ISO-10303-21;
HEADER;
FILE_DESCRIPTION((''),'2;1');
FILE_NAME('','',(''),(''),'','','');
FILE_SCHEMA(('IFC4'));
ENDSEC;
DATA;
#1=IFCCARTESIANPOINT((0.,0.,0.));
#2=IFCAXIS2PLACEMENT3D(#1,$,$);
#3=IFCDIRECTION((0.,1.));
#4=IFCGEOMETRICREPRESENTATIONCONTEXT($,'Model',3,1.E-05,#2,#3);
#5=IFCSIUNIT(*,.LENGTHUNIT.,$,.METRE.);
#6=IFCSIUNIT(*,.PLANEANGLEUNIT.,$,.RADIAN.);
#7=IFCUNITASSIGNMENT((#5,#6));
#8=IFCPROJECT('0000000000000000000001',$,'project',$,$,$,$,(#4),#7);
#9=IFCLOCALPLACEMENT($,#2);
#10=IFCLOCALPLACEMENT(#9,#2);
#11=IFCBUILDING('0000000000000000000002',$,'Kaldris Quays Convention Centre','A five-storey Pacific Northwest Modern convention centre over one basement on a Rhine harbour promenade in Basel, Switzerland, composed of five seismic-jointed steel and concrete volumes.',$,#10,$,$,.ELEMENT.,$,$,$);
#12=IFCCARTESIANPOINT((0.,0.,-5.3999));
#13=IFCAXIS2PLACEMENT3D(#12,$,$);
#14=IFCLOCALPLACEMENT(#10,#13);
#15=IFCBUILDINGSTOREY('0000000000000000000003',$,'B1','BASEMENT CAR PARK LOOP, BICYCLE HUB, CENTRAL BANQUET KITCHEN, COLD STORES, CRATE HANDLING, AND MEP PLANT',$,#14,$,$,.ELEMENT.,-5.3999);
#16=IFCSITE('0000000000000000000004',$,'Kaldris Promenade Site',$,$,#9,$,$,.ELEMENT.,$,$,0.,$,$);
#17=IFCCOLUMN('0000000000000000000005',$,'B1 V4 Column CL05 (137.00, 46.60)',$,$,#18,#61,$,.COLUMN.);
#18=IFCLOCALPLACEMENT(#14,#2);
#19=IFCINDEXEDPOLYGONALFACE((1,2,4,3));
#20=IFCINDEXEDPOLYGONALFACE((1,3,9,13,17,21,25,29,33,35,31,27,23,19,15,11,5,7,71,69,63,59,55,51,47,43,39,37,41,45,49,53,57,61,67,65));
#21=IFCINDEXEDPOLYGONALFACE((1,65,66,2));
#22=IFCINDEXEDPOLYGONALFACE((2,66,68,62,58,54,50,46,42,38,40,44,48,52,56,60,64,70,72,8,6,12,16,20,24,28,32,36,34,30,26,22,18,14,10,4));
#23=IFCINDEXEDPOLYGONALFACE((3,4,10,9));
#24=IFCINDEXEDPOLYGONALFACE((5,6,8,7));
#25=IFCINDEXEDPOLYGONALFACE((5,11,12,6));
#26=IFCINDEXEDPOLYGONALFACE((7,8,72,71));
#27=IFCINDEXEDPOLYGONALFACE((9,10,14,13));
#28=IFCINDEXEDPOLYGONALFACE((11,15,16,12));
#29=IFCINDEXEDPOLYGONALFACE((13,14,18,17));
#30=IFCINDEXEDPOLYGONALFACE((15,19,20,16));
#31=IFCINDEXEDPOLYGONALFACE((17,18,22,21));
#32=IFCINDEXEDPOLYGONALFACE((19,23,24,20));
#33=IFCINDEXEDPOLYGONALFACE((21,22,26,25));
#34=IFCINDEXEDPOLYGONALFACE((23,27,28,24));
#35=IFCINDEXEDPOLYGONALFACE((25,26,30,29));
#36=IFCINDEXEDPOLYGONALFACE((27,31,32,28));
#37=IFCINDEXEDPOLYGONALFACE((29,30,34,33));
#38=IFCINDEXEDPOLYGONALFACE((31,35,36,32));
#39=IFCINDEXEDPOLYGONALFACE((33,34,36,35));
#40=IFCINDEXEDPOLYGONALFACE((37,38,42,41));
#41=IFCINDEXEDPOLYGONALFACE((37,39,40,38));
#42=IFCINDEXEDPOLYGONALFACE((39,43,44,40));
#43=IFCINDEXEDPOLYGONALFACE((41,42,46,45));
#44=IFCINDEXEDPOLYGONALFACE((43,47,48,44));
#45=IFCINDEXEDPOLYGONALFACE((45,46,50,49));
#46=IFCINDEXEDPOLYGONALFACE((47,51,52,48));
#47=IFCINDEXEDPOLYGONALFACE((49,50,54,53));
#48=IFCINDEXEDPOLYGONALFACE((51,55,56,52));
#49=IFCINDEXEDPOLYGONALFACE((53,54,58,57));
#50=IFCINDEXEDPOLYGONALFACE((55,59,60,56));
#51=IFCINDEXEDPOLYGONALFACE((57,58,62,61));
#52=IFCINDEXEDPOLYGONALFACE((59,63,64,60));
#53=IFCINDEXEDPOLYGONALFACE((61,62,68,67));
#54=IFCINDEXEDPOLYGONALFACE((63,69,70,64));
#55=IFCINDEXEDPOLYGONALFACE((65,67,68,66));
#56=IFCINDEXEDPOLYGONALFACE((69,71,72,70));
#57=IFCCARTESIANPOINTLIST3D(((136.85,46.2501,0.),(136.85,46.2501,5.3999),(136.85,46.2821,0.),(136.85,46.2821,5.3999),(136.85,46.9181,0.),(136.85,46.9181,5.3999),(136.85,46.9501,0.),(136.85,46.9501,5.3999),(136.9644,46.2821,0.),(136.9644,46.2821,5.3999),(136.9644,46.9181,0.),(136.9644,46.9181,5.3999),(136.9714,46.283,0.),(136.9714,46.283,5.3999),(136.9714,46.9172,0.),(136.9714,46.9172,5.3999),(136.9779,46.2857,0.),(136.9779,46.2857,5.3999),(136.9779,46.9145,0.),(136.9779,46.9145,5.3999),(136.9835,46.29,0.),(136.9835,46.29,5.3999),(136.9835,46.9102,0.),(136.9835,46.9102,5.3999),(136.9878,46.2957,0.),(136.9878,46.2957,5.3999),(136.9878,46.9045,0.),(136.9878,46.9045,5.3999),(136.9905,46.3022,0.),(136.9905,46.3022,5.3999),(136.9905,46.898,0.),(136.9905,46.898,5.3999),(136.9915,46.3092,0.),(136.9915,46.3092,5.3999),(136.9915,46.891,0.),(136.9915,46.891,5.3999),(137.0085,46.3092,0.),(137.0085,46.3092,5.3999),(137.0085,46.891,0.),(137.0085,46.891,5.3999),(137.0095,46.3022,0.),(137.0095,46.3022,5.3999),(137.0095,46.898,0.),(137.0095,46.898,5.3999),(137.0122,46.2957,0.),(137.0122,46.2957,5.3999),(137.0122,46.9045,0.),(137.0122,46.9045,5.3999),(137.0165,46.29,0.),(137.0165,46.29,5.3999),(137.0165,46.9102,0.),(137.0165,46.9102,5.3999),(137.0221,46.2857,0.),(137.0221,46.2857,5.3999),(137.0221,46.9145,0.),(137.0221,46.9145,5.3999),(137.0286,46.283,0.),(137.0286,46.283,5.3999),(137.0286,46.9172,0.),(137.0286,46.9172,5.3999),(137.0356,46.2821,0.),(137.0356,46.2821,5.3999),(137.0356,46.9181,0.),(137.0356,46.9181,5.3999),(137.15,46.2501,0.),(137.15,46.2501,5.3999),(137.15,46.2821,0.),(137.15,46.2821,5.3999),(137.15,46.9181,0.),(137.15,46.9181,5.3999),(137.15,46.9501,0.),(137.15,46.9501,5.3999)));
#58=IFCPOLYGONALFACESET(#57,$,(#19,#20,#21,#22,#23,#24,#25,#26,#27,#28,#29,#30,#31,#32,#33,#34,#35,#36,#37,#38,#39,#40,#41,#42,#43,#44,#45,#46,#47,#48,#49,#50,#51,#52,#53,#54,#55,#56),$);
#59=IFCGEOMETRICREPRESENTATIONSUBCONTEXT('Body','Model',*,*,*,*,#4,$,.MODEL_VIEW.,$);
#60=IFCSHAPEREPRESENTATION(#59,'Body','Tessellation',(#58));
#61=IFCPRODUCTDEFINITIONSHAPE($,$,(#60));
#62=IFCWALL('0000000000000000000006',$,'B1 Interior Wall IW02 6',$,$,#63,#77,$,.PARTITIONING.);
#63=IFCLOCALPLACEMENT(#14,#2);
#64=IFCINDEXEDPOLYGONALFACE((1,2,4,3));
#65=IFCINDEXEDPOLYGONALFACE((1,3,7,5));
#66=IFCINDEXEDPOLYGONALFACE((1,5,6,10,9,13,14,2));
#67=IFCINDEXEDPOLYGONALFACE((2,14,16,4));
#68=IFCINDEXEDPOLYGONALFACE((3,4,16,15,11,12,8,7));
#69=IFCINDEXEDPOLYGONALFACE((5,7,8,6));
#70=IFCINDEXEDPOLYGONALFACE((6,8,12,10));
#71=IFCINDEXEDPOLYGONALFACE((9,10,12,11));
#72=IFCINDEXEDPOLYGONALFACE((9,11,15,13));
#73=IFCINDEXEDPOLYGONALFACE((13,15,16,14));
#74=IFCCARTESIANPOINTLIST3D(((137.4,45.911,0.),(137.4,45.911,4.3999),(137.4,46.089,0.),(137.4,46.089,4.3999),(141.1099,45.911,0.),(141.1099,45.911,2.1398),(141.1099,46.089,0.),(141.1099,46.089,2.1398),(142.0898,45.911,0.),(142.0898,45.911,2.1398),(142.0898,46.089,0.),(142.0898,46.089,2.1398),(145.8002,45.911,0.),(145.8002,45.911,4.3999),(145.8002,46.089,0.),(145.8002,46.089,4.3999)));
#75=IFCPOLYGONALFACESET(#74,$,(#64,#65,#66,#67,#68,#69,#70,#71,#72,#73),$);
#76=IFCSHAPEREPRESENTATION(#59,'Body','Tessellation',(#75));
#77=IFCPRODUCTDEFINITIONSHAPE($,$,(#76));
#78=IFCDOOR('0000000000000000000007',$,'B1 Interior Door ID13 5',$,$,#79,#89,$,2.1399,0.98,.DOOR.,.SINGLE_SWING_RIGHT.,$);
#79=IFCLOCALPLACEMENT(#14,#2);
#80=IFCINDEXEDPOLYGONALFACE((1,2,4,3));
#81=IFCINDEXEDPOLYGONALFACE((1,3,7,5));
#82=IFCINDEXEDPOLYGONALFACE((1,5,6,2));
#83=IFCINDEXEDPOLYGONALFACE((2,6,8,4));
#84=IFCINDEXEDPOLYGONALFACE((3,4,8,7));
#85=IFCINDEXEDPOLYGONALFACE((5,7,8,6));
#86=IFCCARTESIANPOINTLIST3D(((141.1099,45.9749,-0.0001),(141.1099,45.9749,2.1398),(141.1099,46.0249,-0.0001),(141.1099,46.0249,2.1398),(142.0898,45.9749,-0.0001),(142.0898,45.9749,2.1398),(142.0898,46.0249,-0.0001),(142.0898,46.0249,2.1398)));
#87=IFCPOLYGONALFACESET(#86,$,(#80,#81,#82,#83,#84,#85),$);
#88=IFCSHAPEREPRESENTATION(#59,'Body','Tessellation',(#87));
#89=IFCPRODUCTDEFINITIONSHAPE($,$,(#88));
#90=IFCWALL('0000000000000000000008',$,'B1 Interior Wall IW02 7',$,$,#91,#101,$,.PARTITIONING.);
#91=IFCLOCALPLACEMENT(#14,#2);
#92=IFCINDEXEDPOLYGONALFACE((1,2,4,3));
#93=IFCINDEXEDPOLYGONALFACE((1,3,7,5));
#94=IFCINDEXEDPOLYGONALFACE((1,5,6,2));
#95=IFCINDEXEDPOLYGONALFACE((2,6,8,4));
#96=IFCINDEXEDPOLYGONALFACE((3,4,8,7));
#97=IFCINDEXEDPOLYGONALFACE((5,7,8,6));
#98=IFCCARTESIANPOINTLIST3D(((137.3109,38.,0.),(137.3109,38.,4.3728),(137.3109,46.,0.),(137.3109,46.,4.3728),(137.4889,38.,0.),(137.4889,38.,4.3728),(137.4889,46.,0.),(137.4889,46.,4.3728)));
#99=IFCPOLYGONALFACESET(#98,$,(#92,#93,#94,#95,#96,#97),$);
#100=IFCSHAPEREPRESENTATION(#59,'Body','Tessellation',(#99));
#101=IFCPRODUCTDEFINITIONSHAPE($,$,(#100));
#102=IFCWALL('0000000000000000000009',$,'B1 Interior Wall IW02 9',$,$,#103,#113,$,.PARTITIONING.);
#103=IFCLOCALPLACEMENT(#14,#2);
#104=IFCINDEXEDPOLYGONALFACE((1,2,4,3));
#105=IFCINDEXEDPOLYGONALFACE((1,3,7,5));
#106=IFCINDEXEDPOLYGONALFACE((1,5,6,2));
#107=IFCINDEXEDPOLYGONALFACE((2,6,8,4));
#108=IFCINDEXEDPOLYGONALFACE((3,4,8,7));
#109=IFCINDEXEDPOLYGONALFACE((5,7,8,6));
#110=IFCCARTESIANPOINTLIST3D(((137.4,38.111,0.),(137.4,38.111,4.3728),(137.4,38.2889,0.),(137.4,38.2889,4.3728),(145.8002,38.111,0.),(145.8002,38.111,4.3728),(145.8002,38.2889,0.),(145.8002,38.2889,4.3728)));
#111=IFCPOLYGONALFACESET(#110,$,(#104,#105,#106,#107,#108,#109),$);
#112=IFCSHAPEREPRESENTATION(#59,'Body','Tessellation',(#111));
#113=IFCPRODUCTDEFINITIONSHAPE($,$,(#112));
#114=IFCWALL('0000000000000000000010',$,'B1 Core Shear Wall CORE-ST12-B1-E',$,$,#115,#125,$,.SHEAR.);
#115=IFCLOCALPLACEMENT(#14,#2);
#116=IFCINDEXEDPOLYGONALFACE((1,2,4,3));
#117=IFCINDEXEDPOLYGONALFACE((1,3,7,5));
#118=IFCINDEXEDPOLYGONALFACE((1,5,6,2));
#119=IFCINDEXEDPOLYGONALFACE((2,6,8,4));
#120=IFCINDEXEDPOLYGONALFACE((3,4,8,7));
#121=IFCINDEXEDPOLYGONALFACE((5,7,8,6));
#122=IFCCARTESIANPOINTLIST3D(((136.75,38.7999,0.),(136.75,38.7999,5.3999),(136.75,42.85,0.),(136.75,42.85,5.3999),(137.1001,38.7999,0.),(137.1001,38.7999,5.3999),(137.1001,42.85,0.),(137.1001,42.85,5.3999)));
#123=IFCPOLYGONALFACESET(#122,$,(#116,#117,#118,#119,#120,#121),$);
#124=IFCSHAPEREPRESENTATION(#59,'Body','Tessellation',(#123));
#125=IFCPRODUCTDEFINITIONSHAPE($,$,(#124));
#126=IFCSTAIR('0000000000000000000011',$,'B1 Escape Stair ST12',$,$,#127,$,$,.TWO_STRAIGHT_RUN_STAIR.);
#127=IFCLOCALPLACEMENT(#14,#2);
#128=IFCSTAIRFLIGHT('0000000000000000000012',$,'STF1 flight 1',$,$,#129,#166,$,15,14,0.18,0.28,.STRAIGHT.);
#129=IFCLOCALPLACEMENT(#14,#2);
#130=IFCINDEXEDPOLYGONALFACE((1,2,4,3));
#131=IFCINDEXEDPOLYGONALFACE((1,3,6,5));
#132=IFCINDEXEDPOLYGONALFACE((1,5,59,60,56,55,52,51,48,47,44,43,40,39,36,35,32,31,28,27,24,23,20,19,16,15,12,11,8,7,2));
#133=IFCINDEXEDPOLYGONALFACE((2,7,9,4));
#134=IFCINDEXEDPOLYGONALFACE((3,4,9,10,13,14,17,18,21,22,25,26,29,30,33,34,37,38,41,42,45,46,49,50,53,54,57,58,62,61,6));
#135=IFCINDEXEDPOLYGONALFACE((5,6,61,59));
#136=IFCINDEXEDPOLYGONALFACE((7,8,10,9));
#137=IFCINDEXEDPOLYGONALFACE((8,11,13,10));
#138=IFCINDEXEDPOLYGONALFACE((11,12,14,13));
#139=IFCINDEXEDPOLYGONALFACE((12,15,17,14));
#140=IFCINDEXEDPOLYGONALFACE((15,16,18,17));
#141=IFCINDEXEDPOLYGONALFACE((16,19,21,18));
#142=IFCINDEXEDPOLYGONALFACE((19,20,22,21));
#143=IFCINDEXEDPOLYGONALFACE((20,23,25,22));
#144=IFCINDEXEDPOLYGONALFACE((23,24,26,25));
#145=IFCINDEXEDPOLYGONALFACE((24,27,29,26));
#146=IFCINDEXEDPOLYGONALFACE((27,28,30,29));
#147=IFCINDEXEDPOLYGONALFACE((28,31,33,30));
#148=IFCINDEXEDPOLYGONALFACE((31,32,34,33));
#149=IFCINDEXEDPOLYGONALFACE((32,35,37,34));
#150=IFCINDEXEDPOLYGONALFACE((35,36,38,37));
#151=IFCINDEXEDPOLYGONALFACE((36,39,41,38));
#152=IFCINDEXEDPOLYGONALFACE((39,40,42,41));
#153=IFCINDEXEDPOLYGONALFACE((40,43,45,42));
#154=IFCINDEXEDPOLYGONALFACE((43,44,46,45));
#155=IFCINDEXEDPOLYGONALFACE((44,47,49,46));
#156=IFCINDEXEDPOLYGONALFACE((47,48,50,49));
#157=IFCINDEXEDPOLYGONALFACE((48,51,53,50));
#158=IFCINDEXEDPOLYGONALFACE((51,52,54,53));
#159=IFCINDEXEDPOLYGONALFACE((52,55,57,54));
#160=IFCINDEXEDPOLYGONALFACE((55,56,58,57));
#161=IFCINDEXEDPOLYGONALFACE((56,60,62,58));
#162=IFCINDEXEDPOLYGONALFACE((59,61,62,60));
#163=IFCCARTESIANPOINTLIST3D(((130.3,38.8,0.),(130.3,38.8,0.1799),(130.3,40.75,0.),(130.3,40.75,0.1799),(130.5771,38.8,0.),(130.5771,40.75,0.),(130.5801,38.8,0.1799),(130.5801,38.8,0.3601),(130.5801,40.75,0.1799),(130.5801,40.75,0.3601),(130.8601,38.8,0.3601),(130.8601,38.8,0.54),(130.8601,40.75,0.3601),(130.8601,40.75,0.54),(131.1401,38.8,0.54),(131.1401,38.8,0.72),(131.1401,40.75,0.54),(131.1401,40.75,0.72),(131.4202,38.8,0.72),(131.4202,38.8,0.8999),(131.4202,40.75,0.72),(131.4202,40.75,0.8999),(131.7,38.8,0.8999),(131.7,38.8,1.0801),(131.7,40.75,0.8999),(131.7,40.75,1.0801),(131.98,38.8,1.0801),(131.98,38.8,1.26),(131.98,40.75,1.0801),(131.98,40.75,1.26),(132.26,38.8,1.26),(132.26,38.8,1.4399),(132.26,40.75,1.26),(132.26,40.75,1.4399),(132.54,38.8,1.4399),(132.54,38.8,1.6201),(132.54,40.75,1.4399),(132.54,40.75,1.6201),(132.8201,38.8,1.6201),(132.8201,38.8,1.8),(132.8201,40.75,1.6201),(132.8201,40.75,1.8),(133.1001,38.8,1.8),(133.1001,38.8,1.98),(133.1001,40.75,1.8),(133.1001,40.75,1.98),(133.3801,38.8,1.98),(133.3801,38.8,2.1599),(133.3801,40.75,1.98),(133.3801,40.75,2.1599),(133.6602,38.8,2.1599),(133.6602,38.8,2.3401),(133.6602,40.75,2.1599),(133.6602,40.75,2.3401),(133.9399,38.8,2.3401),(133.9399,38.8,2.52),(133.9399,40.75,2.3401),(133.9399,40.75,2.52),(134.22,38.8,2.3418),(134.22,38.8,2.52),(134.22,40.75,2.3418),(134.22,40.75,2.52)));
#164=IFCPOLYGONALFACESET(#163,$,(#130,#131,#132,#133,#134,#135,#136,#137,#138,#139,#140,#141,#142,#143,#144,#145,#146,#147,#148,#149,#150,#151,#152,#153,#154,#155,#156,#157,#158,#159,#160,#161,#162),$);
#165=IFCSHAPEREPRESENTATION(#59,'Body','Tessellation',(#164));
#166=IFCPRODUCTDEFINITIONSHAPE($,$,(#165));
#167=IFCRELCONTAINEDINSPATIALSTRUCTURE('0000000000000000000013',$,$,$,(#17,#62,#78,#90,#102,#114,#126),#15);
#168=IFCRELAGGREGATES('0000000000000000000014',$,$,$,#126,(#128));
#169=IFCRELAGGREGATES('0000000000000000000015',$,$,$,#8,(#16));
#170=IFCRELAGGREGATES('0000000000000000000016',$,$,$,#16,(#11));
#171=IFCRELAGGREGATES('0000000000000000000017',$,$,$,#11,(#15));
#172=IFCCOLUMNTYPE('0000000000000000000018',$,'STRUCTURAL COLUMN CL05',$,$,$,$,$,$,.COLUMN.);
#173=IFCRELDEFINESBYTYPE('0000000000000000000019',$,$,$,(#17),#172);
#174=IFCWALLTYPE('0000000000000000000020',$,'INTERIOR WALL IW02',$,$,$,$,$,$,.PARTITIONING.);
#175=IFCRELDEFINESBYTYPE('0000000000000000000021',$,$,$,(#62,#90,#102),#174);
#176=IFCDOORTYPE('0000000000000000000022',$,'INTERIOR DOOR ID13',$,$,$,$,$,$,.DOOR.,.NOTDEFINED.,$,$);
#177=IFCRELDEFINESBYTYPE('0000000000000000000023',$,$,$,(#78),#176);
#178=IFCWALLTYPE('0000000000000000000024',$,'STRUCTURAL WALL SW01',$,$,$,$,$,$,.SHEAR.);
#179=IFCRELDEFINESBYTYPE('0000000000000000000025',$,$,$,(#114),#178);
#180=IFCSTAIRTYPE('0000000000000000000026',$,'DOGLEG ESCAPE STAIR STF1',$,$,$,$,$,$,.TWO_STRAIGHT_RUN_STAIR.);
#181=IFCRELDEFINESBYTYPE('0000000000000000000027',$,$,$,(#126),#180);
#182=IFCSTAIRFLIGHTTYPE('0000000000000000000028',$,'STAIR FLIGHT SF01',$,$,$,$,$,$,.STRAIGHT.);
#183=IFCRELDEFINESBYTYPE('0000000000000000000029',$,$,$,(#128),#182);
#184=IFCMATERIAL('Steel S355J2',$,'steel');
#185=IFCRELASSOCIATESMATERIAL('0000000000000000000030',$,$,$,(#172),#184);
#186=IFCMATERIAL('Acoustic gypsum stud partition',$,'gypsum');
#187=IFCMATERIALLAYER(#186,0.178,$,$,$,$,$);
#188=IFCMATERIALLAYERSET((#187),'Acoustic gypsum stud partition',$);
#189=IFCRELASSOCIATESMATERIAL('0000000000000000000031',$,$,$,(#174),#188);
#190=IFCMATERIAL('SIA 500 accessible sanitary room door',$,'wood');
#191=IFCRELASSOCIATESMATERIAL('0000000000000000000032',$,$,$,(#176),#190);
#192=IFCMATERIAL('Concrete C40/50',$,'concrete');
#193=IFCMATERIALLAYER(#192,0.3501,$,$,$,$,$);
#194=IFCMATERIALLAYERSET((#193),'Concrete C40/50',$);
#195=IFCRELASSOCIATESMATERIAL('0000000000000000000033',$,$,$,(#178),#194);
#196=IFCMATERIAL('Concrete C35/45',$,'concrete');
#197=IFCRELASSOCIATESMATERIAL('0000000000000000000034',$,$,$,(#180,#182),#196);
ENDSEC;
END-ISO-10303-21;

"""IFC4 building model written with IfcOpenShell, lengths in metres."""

from ifc_helpers import new_model, si_unit, direction, frame, frame_2d, origin, origin_2d, place, context, subcontext, project, spatial, polyline, rectangle, i_section, outline, extrude, material, layer, layer_set, material_profile, profile_set, type_object, element, fill, aggregate, save


model = new_model("IFC4")

# Units and contexts
model_context = context("Model", 3, precision=1e-05, world=origin(), true_north=direction((0.0, 1.0)))
body_context = subcontext(model_context, "Body", "Model", "MODEL_VIEW")
ifc_project = project(units=[si_unit("LENGTHUNIT", "METRE"), si_unit("PLANEANGLEUNIT", "RADIAN")], contexts=[model_context])

# Site, building, storey
site_placement = place(None, origin())
site = spatial("IfcSite", under=ifc_project, at=site_placement, Name="Kaldris Promenade Site", CompositionType="ELEMENT", RefElevation=0.0)
building_placement = place(site_placement, origin())
building = spatial("IfcBuilding", under=site, at=building_placement, Name="Kaldris Quays Convention Centre", Description="A five-storey Pacific Northwest Modern convention centre over one basement on a Rhine harbour promenade in Basel, Switzerland, composed of five seismic-jointed steel and concrete volumes.", CompositionType="ELEMENT")
storey_placement = place(building_placement, frame((0.0, 0.0, -5.3999)))
storey = spatial("IfcBuildingStorey", under=building, at=storey_placement, Name="B1", Description="BASEMENT CAR PARK LOOP, BICYCLE HUB, CENTRAL BANQUET KITCHEN, COLD STORES, CRATE HANDLING, AND MEP PLANT", CompositionType="ELEMENT", Elevation=-5.3999)

# Shared definitions
ifc_material_1 = material(Name="Concrete C35/45", Category="concrete")

# Column
ifc_material_2 = material(Name="Steel S355J2", Category="steel")
ifc_material_profile_1 = material_profile(ifc_material_2, i_section(OverallWidth=0.3, OverallDepth=0.7, WebThickness=0.0171, FlangeThickness=0.032, FilletRadius=0.0271, at=origin_2d()), Name="HEB 700")
ifc_profile_set_1 = profile_set([ifc_material_profile_1], Name="Steel S355J2")
column_type = type_object("IfcColumnType", Name="STRUCTURAL COLUMN CL05", PredefinedType="COLUMN", material=ifc_profile_set_1)
column_placement = place(storey_placement, frame((137.0, 46.6001, 0.0), z_axis=(0.0, 0.0, 1.0), x_axis=(1.0, 0.0, 0.0)))
element("IfcColumn", 1, at=column_placement, inside=storey, type_object=column_type, Name="B1 V4 Column CL05 (137.00, 46.60)", PredefinedType="COLUMN", context=body_context, shape_type="SweptSolid", body=[
    extrude(i_section(OverallWidth=0.3, OverallDepth=0.7, WebThickness=0.0171, FlangeThickness=0.032, FilletRadius=0.0271, at=origin_2d()), origin(), (0.0, 0.0, 1.0), 5.3999),
])

# Wall, opening, door
ifc_material_3 = material(Name="Acoustic gypsum stud partition", Category="gypsum")
ifc_layer_1 = layer(ifc_material_3, 0.178)
ifc_layer_set_1 = layer_set([ifc_layer_1], Name="Acoustic gypsum stud partition")
wall_type_1 = type_object("IfcWallType", Name="INTERIOR WALL IW02", PredefinedType="PARTITIONING", material=ifc_layer_set_1)
wall_1_placement = place(storey_placement, frame((137.3999, 46.0, 0.0), z_axis=(0.0, 0.0, 1.0), x_axis=(1.0, 0.0, 0.0)))
wall_1 = element("IfcWall", 2, at=wall_1_placement, inside=storey, type_object=wall_type_1, Name="B1 Interior Wall IW02 6", PredefinedType="PARTITIONING", context=body_context, shape_type="SweptSolid", body=[
    extrude(rectangle(XDim=8.4001, YDim=0.178, at=frame_2d((4.2002, 0.0))), origin(), (0.0, 0.0, 1.0), 4.3999),
])
opening_placement = place(wall_1_placement, frame((3.71, 0.0, 0.0)))
opening = element("IfcOpeningElement", 3, at=opening_placement, cuts=wall_1, PredefinedType="OPENING", context=body_context, shape_type="SweptSolid", body=[
    extrude(rectangle(XDim=0.98, YDim=2.1399, at=frame_2d((0.49, 1.0698))), frame((0.0, 0.0991, 0.0), z_axis=(0.0, -1.0, 0.0), x_axis=(1.0, 0.0, 0.0)), (0.0, 0.0, 1.0), 0.198),
])
ifc_material_4 = material(Name="SIA 500 accessible sanitary room door", Category="wood")
door_type = type_object("IfcDoorType", Name="INTERIOR DOOR ID13", OperationType="NOTDEFINED", PredefinedType="DOOR", material=ifc_material_4)
door_placement = place(opening_placement, origin())
door = element("IfcDoor", 4, at=door_placement, inside=storey, type_object=door_type, Name="B1 Interior Door ID13 5", OperationType="SINGLE_SWING_RIGHT", OverallHeight=2.1399, OverallWidth=0.98, PredefinedType="DOOR", context=body_context, shape_type="SweptSolid", body=[
    extrude(rectangle(XDim=0.98, YDim=2.1399, at=frame_2d((0.49, 1.0698))), frame((0.0, 0.0249, 0.0), z_axis=(0.0, -1.0, 0.0), x_axis=(1.0, 0.0, 0.0)), (0.0, 0.0, 1.0), 0.05),
])
fill(opening, door)

# Walls
wall_2_placement = place(storey_placement, frame((137.3999, 38.0, 0.0), z_axis=(0.0, 0.0, 1.0), x_axis=(0.0, 1.0, 0.0)))
element("IfcWall", 5, at=wall_2_placement, inside=storey, type_object=wall_type_1, Name="B1 Interior Wall IW02 7", PredefinedType="PARTITIONING", context=body_context, shape_type="SweptSolid", body=[
    extrude(rectangle(XDim=8.0, YDim=0.178, at=frame_2d((4.0, 0.0))), origin(), (0.0, 0.0, 1.0), 4.3728),
])
wall_3_placement = place(storey_placement, frame((137.3999, 38.2, 0.0), z_axis=(0.0, 0.0, 1.0), x_axis=(1.0, 0.0, 0.0)))
element("IfcWall", 6, at=wall_3_placement, inside=storey, type_object=wall_type_1, Name="B1 Interior Wall IW02 9", PredefinedType="PARTITIONING", context=body_context, shape_type="SweptSolid", body=[
    extrude(rectangle(XDim=8.4001, YDim=0.178, at=frame_2d((4.2002, 0.0))), origin(), (0.0, 0.0, 1.0), 4.3728),
])
ifc_material_5 = material(Name="Concrete C40/50", Category="concrete")
ifc_layer_2 = layer(ifc_material_5, 0.3501)
ifc_layer_set_2 = layer_set([ifc_layer_2], Name="Concrete C40/50")
wall_type_2 = type_object("IfcWallType", Name="STRUCTURAL WALL SW01", PredefinedType="SHEAR", material=ifc_layer_set_2)
wall_4_placement = place(storey_placement, frame((136.925, 38.8, 0.0), z_axis=(0.0, 0.0, 1.0), x_axis=(0.0, 1.0, 0.0)))
element("IfcWall", 7, at=wall_4_placement, inside=storey, type_object=wall_type_2, Name="B1 Core Shear Wall CORE-ST12-B1-E", PredefinedType="SHEAR", context=body_context, shape_type="SweptSolid", body=[
    extrude(rectangle(XDim=4.05, YDim=0.3501, at=frame_2d((2.0249, 0.0))), origin(), (0.0, 0.0, 1.0), 5.3999),
])

# Stair, stair flight
stair_type = type_object("IfcStairType", Name="DOGLEG ESCAPE STAIR STF1", PredefinedType="TWO_STRAIGHT_RUN_STAIR", material=ifc_material_1)
stair_placement = place(storey_placement, origin())
stair = element("IfcStair", 8, at=stair_placement, inside=storey, type_object=stair_type, Name="B1 Escape Stair ST12", PredefinedType="TWO_STRAIGHT_RUN_STAIR")
stair_flight_type = type_object("IfcStairFlightType", Name="STAIR FLIGHT SF01", PredefinedType="STRAIGHT", material=ifc_material_1)
stair_flight_1_placement = place(storey_placement, frame((130.3, 39.7749, 0.0), z_axis=(0.0, 0.0, 1.0), x_axis=(1.0, 0.0, 0.0)))
stair_flight_1 = element("IfcStairFlight", 9, at=stair_flight_1_placement, type_object=stair_flight_type, Name="STF1 flight 1", NumberOfRisers=15, NumberOfTreads=14, PredefinedType="STRAIGHT", RiserHeight=0.18, TreadLength=0.28, context=body_context, shape_type="SweptSolid", body=[
    extrude(outline(polyline([(0.0, 0.0), (0.0, 0.1799), (0.28, 0.1799), (0.28, 0.3601), (0.5601, 0.3601), (0.5601, 0.54), (0.8401, 0.54), (0.8401, 0.72), (1.1201, 0.72), (1.1201, 0.8999), (1.3999, 0.8999), (1.3999, 1.0801), (1.6799, 1.0801), (1.6799, 1.26), (1.96, 1.26), (1.96, 1.4399), (2.24, 1.4399), (2.24, 1.6201), (2.52, 1.6201), (2.52, 1.8), (2.8, 1.8), (2.8, 1.98), (3.0801, 1.98), (3.0801, 2.1599), (3.3601, 2.1599), (3.3601, 2.3401), (3.6399, 2.3401), (3.6399, 2.52), (3.9199, 2.52), (3.9199, 2.7), (3.9199, 2.3418), (0.2771, 0.0), (0.0, 0.0)])), frame((0.0, 0.9751, 0.0), z_axis=(0.0, -1.0, 0.0), x_axis=(1.0, 0.0, 0.0)), (0.0, 0.0, 1.0), 1.95),
])
aggregate(stair, [stair_flight_1])

save(model, "model.ifc")
